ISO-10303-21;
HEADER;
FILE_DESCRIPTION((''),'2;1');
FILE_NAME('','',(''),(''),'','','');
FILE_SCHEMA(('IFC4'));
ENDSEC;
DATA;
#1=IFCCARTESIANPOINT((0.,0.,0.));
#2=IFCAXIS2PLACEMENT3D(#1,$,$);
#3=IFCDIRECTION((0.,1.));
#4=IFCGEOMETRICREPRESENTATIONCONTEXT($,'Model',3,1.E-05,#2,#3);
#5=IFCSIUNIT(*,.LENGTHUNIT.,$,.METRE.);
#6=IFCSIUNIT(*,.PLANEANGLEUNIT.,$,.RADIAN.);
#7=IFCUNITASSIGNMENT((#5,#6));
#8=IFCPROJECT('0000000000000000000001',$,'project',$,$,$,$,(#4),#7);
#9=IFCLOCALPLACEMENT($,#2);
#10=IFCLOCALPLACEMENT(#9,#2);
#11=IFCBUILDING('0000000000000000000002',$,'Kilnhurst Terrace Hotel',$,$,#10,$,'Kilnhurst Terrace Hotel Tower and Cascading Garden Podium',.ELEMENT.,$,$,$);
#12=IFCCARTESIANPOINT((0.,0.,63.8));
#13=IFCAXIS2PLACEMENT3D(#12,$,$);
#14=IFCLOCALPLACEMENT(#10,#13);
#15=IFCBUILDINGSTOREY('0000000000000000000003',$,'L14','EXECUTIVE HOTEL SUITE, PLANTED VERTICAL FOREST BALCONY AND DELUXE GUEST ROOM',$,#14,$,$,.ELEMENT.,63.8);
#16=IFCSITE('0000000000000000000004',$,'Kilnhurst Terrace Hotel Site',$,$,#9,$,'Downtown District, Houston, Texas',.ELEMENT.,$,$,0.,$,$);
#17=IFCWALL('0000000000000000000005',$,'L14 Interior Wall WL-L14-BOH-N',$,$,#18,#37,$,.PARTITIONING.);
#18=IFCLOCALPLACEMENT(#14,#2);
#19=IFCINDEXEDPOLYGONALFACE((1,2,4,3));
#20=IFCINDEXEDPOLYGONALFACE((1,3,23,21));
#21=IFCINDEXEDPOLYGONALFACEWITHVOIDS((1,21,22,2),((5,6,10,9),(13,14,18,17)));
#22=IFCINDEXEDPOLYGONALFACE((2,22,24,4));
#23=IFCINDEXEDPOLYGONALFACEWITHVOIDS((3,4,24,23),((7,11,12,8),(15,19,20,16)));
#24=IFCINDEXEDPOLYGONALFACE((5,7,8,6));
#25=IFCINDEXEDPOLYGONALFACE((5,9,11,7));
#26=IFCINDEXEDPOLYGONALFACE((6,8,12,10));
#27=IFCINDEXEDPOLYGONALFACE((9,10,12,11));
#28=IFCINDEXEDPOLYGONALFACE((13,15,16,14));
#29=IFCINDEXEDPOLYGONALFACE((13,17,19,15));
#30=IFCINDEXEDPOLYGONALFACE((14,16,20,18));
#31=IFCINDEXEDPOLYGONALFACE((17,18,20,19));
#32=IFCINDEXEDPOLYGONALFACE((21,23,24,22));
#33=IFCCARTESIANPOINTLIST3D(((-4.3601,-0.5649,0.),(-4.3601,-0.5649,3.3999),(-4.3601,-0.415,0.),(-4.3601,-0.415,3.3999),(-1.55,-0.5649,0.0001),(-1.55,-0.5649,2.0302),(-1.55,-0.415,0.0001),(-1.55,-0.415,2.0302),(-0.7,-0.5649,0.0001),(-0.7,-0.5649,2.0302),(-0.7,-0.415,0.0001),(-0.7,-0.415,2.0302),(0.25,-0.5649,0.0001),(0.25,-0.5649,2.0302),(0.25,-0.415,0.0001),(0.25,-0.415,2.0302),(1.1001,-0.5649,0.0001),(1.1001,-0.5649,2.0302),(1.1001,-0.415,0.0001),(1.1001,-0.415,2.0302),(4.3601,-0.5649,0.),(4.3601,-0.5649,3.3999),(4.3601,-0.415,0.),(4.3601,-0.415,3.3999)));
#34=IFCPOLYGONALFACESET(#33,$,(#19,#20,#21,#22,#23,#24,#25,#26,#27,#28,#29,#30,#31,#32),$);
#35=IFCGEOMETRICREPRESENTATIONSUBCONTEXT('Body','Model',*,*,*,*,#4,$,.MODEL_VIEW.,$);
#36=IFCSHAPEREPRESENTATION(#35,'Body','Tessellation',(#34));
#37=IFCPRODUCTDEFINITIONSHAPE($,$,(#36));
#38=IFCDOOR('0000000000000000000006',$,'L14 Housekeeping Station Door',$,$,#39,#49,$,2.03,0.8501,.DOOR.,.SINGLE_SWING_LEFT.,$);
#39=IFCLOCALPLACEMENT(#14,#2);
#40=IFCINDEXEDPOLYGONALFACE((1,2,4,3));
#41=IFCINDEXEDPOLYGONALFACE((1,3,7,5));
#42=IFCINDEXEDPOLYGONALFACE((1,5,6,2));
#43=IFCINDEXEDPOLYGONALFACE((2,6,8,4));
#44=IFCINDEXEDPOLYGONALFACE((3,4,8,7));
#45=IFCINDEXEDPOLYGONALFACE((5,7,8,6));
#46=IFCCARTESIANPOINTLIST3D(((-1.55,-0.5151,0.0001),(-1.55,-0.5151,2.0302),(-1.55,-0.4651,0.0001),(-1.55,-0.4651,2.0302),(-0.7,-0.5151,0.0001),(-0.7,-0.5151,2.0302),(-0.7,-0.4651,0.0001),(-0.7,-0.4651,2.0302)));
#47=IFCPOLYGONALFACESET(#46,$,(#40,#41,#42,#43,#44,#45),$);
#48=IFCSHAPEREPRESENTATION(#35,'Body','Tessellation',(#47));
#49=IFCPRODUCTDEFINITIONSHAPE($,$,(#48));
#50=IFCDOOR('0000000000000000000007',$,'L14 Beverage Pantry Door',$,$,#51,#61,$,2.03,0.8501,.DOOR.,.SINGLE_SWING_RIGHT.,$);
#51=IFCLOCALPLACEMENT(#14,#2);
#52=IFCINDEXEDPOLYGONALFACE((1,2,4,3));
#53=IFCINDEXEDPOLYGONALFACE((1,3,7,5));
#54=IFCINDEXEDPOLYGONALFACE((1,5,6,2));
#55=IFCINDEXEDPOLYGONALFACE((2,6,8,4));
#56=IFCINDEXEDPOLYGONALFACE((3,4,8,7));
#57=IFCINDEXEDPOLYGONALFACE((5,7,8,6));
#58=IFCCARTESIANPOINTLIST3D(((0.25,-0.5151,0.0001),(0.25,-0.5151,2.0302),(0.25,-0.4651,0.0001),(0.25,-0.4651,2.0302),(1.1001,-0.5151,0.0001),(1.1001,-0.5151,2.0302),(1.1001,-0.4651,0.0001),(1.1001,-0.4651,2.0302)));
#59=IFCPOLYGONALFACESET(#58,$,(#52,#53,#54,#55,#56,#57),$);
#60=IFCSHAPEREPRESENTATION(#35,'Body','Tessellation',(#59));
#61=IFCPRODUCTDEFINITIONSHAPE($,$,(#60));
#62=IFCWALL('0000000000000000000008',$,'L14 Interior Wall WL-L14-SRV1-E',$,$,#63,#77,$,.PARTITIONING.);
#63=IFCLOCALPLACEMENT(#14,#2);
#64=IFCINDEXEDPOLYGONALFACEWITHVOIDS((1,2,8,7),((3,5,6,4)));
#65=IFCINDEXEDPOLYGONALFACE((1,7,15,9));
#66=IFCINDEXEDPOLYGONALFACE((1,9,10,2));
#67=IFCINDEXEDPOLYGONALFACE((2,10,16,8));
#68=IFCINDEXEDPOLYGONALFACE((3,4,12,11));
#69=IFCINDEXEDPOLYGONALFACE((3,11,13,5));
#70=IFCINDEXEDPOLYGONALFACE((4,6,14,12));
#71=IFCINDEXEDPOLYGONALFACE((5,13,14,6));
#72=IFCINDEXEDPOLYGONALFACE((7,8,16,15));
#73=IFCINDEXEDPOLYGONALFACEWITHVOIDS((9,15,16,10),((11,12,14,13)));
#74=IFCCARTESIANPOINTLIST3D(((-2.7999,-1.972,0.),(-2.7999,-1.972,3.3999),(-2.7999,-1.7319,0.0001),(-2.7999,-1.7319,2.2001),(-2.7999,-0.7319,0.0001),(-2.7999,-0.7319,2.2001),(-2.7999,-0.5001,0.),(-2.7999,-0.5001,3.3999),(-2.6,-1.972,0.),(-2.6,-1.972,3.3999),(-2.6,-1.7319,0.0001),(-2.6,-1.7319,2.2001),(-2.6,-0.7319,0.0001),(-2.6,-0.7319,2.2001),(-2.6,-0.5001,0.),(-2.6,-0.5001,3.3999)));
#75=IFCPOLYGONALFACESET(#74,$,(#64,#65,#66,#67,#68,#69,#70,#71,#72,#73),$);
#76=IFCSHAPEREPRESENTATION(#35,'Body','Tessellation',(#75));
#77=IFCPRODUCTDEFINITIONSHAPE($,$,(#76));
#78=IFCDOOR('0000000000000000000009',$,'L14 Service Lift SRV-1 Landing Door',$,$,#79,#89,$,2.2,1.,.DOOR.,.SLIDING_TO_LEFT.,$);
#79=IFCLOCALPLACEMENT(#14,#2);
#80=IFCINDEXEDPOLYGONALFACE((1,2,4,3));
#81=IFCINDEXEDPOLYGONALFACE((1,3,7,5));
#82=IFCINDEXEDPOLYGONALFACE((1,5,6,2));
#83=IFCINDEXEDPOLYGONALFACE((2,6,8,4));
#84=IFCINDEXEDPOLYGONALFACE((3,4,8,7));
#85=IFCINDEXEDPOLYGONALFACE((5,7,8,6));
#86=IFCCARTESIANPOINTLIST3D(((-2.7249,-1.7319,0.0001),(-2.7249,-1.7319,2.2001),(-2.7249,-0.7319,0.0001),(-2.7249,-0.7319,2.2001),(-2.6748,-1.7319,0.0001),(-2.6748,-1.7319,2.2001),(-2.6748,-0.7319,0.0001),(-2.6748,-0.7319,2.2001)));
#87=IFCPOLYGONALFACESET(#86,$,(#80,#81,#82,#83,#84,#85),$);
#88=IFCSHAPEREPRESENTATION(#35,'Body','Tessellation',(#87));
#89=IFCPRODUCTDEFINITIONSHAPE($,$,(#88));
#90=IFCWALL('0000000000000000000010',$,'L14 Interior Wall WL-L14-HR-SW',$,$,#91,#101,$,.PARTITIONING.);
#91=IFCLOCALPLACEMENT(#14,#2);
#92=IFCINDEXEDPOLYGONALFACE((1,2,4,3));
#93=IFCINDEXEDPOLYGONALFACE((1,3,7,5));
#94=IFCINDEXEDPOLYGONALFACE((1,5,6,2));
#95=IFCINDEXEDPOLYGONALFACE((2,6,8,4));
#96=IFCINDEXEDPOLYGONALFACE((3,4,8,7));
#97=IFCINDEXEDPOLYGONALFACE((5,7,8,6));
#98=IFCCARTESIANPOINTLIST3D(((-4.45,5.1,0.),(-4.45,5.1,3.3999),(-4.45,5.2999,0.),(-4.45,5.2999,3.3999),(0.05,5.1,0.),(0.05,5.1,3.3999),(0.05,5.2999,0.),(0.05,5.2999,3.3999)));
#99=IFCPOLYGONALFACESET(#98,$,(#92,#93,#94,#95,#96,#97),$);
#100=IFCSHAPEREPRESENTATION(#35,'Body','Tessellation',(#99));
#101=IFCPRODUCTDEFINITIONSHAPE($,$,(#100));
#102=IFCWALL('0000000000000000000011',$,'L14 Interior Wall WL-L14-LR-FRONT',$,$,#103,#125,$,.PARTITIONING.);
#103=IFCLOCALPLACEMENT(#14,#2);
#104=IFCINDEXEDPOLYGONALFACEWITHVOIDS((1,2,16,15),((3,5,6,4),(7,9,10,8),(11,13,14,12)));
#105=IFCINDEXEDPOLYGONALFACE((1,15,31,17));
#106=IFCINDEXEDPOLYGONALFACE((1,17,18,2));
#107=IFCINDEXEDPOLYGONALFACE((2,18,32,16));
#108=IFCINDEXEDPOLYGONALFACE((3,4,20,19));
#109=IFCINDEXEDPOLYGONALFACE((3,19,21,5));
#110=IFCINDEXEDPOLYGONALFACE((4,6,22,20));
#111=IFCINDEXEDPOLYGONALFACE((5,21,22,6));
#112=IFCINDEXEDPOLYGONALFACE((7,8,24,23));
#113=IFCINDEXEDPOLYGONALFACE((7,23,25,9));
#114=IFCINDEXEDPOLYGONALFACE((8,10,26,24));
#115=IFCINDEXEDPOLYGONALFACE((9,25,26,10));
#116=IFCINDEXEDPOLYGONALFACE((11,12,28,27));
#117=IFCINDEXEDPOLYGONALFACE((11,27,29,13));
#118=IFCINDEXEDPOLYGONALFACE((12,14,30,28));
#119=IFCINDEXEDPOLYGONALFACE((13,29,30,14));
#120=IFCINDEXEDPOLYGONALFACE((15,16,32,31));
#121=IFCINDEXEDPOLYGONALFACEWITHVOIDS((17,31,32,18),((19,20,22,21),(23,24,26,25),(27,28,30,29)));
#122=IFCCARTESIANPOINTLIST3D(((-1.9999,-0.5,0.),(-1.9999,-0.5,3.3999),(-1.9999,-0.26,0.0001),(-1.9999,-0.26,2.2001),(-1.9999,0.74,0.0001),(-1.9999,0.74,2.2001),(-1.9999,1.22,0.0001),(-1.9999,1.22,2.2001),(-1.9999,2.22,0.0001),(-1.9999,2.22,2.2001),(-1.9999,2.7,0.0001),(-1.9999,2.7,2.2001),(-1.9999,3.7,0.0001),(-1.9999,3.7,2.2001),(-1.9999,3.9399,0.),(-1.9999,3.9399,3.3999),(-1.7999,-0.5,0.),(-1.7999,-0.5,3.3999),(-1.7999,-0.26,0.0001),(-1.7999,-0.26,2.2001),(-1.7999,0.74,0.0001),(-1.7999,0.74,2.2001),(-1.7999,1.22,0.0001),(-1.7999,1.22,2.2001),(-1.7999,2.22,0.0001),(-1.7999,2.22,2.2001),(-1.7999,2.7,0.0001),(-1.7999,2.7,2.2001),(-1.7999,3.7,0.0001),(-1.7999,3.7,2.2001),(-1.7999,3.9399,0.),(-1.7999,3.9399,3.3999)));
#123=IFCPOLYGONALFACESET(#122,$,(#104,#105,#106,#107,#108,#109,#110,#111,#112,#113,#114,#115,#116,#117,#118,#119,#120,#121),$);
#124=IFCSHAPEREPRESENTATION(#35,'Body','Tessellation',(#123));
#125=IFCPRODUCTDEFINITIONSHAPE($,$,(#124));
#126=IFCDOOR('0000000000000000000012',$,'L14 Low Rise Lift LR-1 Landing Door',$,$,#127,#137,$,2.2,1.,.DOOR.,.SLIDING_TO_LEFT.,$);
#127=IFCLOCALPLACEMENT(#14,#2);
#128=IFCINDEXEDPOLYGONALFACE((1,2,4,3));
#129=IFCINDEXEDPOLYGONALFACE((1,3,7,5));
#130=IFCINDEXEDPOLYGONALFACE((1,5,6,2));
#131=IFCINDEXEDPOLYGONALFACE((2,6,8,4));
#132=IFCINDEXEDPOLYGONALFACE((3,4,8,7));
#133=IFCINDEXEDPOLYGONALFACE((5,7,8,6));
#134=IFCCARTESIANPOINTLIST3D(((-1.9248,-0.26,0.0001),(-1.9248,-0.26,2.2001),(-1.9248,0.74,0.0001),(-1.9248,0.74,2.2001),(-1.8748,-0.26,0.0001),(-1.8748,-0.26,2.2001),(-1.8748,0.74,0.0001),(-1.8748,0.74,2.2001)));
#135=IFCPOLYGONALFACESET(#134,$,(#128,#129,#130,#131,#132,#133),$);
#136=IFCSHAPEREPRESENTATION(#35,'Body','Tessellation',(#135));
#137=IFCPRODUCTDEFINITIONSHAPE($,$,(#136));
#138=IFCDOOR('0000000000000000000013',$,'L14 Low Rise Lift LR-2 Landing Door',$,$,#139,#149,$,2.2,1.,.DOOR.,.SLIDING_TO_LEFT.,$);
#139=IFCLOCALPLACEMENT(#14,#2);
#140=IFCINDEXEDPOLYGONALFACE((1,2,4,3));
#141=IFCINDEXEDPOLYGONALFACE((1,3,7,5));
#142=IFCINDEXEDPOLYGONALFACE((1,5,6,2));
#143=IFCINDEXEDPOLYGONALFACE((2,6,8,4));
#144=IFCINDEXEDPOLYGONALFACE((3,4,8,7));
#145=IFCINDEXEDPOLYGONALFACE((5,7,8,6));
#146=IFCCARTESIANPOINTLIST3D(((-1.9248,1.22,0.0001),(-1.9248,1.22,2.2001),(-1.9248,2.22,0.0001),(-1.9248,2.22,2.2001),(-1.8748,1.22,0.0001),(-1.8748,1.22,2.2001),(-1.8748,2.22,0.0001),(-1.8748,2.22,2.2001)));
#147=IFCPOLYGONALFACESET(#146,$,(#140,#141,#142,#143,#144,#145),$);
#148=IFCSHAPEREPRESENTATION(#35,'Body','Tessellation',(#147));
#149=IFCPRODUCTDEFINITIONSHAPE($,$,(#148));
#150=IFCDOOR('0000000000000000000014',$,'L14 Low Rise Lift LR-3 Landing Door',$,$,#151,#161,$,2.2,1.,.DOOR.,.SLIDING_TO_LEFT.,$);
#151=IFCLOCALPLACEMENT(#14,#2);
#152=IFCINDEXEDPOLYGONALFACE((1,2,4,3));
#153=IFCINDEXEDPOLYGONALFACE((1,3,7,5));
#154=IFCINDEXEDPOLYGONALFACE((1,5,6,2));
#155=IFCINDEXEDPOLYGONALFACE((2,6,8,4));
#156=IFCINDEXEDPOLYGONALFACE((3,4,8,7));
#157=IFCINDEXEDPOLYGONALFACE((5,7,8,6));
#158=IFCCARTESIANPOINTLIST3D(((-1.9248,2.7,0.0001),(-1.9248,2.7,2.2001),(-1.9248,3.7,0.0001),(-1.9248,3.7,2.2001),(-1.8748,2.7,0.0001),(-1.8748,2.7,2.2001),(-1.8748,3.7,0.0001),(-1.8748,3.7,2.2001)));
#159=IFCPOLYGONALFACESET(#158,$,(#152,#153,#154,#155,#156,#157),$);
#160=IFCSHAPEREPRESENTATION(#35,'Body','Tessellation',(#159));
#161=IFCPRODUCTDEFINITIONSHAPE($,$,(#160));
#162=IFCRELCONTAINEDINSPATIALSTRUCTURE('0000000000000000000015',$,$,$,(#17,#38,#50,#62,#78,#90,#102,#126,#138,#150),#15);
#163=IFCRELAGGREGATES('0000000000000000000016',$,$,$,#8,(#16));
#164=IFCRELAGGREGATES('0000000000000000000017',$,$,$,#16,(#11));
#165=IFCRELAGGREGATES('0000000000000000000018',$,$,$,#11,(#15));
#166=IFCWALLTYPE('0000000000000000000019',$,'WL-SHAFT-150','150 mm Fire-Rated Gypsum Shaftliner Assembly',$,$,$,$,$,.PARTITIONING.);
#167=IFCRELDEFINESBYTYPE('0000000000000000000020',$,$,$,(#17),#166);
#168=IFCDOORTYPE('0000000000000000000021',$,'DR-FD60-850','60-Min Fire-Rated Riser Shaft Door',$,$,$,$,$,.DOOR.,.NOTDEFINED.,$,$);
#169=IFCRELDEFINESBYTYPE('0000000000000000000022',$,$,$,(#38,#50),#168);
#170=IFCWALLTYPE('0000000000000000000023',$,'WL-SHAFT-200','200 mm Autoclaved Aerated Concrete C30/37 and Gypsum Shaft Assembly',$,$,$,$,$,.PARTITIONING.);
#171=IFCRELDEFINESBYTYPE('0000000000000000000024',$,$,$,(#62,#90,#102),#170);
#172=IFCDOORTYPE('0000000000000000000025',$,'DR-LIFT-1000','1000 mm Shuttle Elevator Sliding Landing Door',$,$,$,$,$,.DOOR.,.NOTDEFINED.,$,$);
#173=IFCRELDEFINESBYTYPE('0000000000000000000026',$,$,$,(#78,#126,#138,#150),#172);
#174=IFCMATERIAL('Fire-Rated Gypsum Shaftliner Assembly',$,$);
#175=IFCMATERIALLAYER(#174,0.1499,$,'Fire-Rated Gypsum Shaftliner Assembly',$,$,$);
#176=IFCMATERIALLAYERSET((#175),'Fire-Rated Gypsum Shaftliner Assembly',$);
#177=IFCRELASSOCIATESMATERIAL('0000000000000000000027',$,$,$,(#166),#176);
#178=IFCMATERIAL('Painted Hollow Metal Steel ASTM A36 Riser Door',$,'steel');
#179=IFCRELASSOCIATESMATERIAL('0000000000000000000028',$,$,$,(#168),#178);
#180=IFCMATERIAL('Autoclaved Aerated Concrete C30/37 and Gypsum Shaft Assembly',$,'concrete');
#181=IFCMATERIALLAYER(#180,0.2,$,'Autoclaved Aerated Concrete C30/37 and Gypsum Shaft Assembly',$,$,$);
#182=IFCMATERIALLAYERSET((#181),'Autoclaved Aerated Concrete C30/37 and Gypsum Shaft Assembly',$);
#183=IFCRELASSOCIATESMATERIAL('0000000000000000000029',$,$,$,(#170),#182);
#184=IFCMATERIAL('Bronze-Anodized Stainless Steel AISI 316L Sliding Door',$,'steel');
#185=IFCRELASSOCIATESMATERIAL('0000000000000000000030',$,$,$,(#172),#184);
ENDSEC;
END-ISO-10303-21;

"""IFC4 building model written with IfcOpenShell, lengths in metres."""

from ifc_helpers import new_model, si_unit, direction, frame, frame_2d, origin, place, context, subcontext, project, spatial, rectangle, extrude, material, layer, layer_set, type_object, element, fill, save


model = new_model("IFC4")

# Units and contexts
model_context = context("Model", 3, precision=1e-05, world=origin(), true_north=direction((0.0, 1.0)))
body_context = subcontext(model_context, "Body", "Model", "MODEL_VIEW")
ifc_project = project(units=[si_unit("LENGTHUNIT", "METRE"), si_unit("PLANEANGLEUNIT", "RADIAN")], contexts=[model_context])

# Site, building, storey
site_placement = place(None, origin())
site = spatial("IfcSite", under=ifc_project, at=site_placement, Name="Kilnhurst Terrace Hotel Site", LongName="Downtown District, Houston, Texas", CompositionType="ELEMENT", RefElevation=0.0)
building_placement = place(site_placement, origin())
building = spatial("IfcBuilding", under=site, at=building_placement, Name="Kilnhurst Terrace Hotel", LongName="Kilnhurst Terrace Hotel Tower and Cascading Garden Podium", CompositionType="ELEMENT")
storey_placement = place(building_placement, frame((0.0, 0.0, 63.8)))
storey = spatial("IfcBuildingStorey", under=building, at=storey_placement, Name="L14", Description="EXECUTIVE HOTEL SUITE, PLANTED VERTICAL FOREST BALCONY AND DELUXE GUEST ROOM", CompositionType="ELEMENT", Elevation=63.8)

# Shared definitions
ifc_material_1 = material(Name="Fire-Rated Gypsum Shaftliner Assembly")
ifc_layer_1 = layer(ifc_material_1, 0.1499, Name="Fire-Rated Gypsum Shaftliner Assembly")
ifc_layer_set_1 = layer_set([ifc_layer_1], Name="Fire-Rated Gypsum Shaftliner Assembly")
wall_type_1 = type_object("IfcWallType", Name="WL-SHAFT-150", Description="150 mm Fire-Rated Gypsum Shaftliner Assembly", PredefinedType="PARTITIONING", material=ifc_layer_set_1)

# Wall, openings, doors
wall_1_placement = place(storey_placement, frame((-4.3601, -0.49, 0.0), z_axis=(0.0, 0.0, 1.0), x_axis=(1.0, 0.0, 0.0)))
wall_1 = element("IfcWall", 1, at=wall_1_placement, inside=storey, type_object=wall_type_1, Name="L14 Interior Wall WL-L14-BOH-N", PredefinedType="PARTITIONING", context=body_context, shape_type="SweptSolid", body=[
    extrude(rectangle(XDim=8.7202, YDim=0.1499, at=frame_2d((4.3601, 0.0))), origin(), (0.0, 0.0, 1.0), 3.3999),
])
opening_1_placement = place(wall_1_placement, frame((2.8101, 0.0, 0.0)))
opening_1 = element("IfcOpeningElement", 2, at=opening_1_placement, cuts=wall_1, PredefinedType="OPENING", context=body_context, shape_type="SweptSolid", body=[
    extrude(rectangle(XDim=0.8501, YDim=2.03, at=frame_2d((0.425, 1.0151))), frame((0.0, 0.085, 0.0), z_axis=(0.0, -1.0, 0.0), x_axis=(1.0, 0.0, 0.0)), (0.0, 0.0, 1.0), 0.1699),
])
opening_2_placement = place(wall_1_placement, frame((4.6101, 0.0, 0.0)))
opening_2 = element("IfcOpeningElement", 3, at=opening_2_placement, cuts=wall_1, PredefinedType="OPENING", context=body_context, shape_type="SweptSolid", body=[
    extrude(rectangle(XDim=0.8501, YDim=2.03, at=frame_2d((0.425, 1.0151))), frame((0.0, 0.085, 0.0), z_axis=(0.0, -1.0, 0.0), x_axis=(1.0, 0.0, 0.0)), (0.0, 0.0, 1.0), 0.1699),
])
ifc_material_2 = material(Name="Painted Hollow Metal Steel ASTM A36 Riser Door", Category="steel")
door_type_1 = type_object("IfcDoorType", Name="DR-FD60-850", Description="60-Min Fire-Rated Riser Shaft Door", OperationType="NOTDEFINED", PredefinedType="DOOR", material=ifc_material_2)
door_1_placement = place(opening_1_placement, origin())
door_1 = element("IfcDoor", 4, at=door_1_placement, inside=storey, type_object=door_type_1, Name="L14 Housekeeping Station Door", OperationType="SINGLE_SWING_LEFT", OverallHeight=2.03, OverallWidth=0.8501, PredefinedType="DOOR", context=body_context, shape_type="SweptSolid", body=[
    extrude(rectangle(XDim=0.8501, YDim=2.03, at=frame_2d((0.425, 1.0151))), frame((0.0, 0.0249, 0.0), z_axis=(0.0, -1.0, 0.0), x_axis=(1.0, 0.0, 0.0)), (0.0, 0.0, 1.0), 0.05),
])
fill(opening_1, door_1)
door_2_placement = place(opening_2_placement, origin())
door_2 = element("IfcDoor", 5, at=door_2_placement, inside=storey, type_object=door_type_1, Name="L14 Beverage Pantry Door", OperationType="SINGLE_SWING_RIGHT", OverallHeight=2.03, OverallWidth=0.8501, PredefinedType="DOOR", context=body_context, shape_type="SweptSolid", body=[
    extrude(rectangle(XDim=0.8501, YDim=2.03, at=frame_2d((0.425, 1.0151))), frame((0.0, 0.0249, 0.0), z_axis=(0.0, -1.0, 0.0), x_axis=(1.0, 0.0, 0.0)), (0.0, 0.0, 1.0), 0.05),
])
fill(opening_2, door_2)

# Wall, opening, door
ifc_material_3 = material(Name="Autoclaved Aerated Concrete C30/37 and Gypsum Shaft Assembly", Category="concrete")
ifc_layer_2 = layer(ifc_material_3, 0.2, Name="Autoclaved Aerated Concrete C30/37 and Gypsum Shaft Assembly")
ifc_layer_set_2 = layer_set([ifc_layer_2], Name="Autoclaved Aerated Concrete C30/37 and Gypsum Shaft Assembly")
wall_type_2 = type_object("IfcWallType", Name="WL-SHAFT-200", Description="200 mm Autoclaved Aerated Concrete C30/37 and Gypsum Shaft Assembly", PredefinedType="PARTITIONING", material=ifc_layer_set_2)
wall_2_placement = place(storey_placement, frame((-2.7, -1.9719, 0.0), z_axis=(0.0, 0.0, 1.0), x_axis=(0.0, 1.0, 0.0)))
wall_2 = element("IfcWall", 6, at=wall_2_placement, inside=storey, type_object=wall_type_2, Name="L14 Interior Wall WL-L14-SRV1-E", PredefinedType="PARTITIONING", context=body_context, shape_type="SweptSolid", body=[
    extrude(rectangle(XDim=1.4719, YDim=0.2, at=frame_2d((0.7358, 0.0))), origin(), (0.0, 0.0, 1.0), 3.3999),
])
opening_3_placement = place(wall_2_placement, frame((0.24, 0.0, 0.0)))
opening_3 = element("IfcOpeningElement", 7, at=opening_3_placement, cuts=wall_2, PredefinedType="OPENING", context=body_context, shape_type="SweptSolid", body=[
    extrude(rectangle(XDim=1.0, YDim=2.2, at=frame_2d((0.5, 1.1001))), frame((0.0, 0.1099, 0.0), z_axis=(0.0, -1.0, 0.0), x_axis=(1.0, 0.0, 0.0)), (0.0, 0.0, 1.0), 0.22),
])
ifc_material_4 = material(Name="Bronze-Anodized Stainless Steel AISI 316L Sliding Door", Category="steel")
door_type_2 = type_object("IfcDoorType", Name="DR-LIFT-1000", Description="1000 mm Shuttle Elevator Sliding Landing Door", OperationType="NOTDEFINED", PredefinedType="DOOR", material=ifc_material_4)
door_3_placement = place(opening_3_placement, origin())
door_3 = element("IfcDoor", 8, at=door_3_placement, inside=storey, type_object=door_type_2, Name="L14 Service Lift SRV-1 Landing Door", OperationType="SLIDING_TO_LEFT", OverallHeight=2.2, OverallWidth=1.0, PredefinedType="DOOR", context=body_context, shape_type="SweptSolid", body=[
    extrude(rectangle(XDim=1.0, YDim=2.2, at=frame_2d((0.5, 1.1001))), frame((0.0, 0.0249, 0.0), z_axis=(0.0, -1.0, 0.0), x_axis=(1.0, 0.0, 0.0)), (0.0, 0.0, 1.0), 0.05),
])
fill(opening_3, door_3)

# Wall
wall_3_placement = place(storey_placement, frame((-4.45, 5.2, 0.0), z_axis=(0.0, 0.0, 1.0), x_axis=(1.0, 0.0, 0.0)))
element("IfcWall", 9, at=wall_3_placement, inside=storey, type_object=wall_type_2, Name="L14 Interior Wall WL-L14-HR-SW", PredefinedType="PARTITIONING", context=body_context, shape_type="SweptSolid", body=[
    extrude(rectangle(XDim=4.5, YDim=0.2, at=frame_2d((2.25, 0.0))), origin(), (0.0, 0.0, 1.0), 3.3999),
])

# Wall, openings, doors
wall_4_placement = place(storey_placement, frame((-1.8999, -0.5, 0.0), z_axis=(0.0, 0.0, 1.0), x_axis=(0.0, 1.0, 0.0)))
wall_4 = element("IfcWall", 10, at=wall_4_placement, inside=storey, type_object=wall_type_2, Name="L14 Interior Wall WL-L14-LR-FRONT", PredefinedType="PARTITIONING", context=body_context, shape_type="SweptSolid", body=[
    extrude(rectangle(XDim=4.4399, YDim=0.2, at=frame_2d((2.22, 0.0))), origin(), (0.0, 0.0, 1.0), 3.3999),
])
opening_4_placement = place(wall_4_placement, frame((0.24, 0.0, 0.0)))
opening_4 = element("IfcOpeningElement", 11, at=opening_4_placement, cuts=wall_4, PredefinedType="OPENING", context=body_context, shape_type="SweptSolid", body=[
    extrude(rectangle(XDim=1.0, YDim=2.2, at=frame_2d((0.5, 1.1001))), frame((0.0, 0.1099, 0.0), z_axis=(0.0, -1.0, 0.0), x_axis=(1.0, 0.0, 0.0)), (0.0, 0.0, 1.0), 0.22),
])
opening_5_placement = place(wall_4_placement, frame((1.72, 0.0, 0.0)))
opening_5 = element("IfcOpeningElement", 12, at=opening_5_placement, cuts=wall_4, PredefinedType="OPENING", context=body_context, shape_type="SweptSolid", body=[
    extrude(rectangle(XDim=1.0, YDim=2.2, at=frame_2d((0.5, 1.1001))), frame((0.0, 0.1099, 0.0), z_axis=(0.0, -1.0, 0.0), x_axis=(1.0, 0.0, 0.0)), (0.0, 0.0, 1.0), 0.22),
])
opening_6_placement = place(wall_4_placement, frame((3.2, 0.0, 0.0)))
opening_6 = element("IfcOpeningElement", 13, at=opening_6_placement, cuts=wall_4, PredefinedType="OPENING", context=body_context, shape_type="SweptSolid", body=[
    extrude(rectangle(XDim=1.0, YDim=2.2, at=frame_2d((0.5, 1.1001))), frame((0.0, 0.1099, 0.0), z_axis=(0.0, -1.0, 0.0), x_axis=(1.0, 0.0, 0.0)), (0.0, 0.0, 1.0), 0.22),
])
door_4_placement = place(opening_4_placement, origin())
door_4 = element("IfcDoor", 14, at=door_4_placement, inside=storey, type_object=door_type_2, Name="L14 Low Rise Lift LR-1 Landing Door", OperationType="SLIDING_TO_LEFT", OverallHeight=2.2, OverallWidth=1.0, PredefinedType="DOOR", context=body_context, shape_type="SweptSolid", body=[
    extrude(rectangle(XDim=1.0, YDim=2.2, at=frame_2d((0.5, 1.1001))), frame((0.0, 0.0249, 0.0), z_axis=(0.0, -1.0, 0.0), x_axis=(1.0, 0.0, 0.0)), (0.0, 0.0, 1.0), 0.05),
])
fill(opening_4, door_4)
door_5_placement = place(opening_5_placement, origin())
door_5 = element("IfcDoor", 15, at=door_5_placement, inside=storey, type_object=door_type_2, Name="L14 Low Rise Lift LR-2 Landing Door", OperationType="SLIDING_TO_LEFT", OverallHeight=2.2, OverallWidth=1.0, PredefinedType="DOOR", context=body_context, shape_type="SweptSolid", body=[
    extrude(rectangle(XDim=1.0, YDim=2.2, at=frame_2d((0.5, 1.1001))), frame((0.0, 0.0249, 0.0), z_axis=(0.0, -1.0, 0.0), x_axis=(1.0, 0.0, 0.0)), (0.0, 0.0, 1.0), 0.05),
])
fill(opening_5, door_5)
door_6_placement = place(opening_6_placement, origin())
door_6 = element("IfcDoor", 16, at=door_6_placement, inside=storey, type_object=door_type_2, Name="L14 Low Rise Lift LR-3 Landing Door", OperationType="SLIDING_TO_LEFT", OverallHeight=2.2, OverallWidth=1.0, PredefinedType="DOOR", context=body_context, shape_type="SweptSolid", body=[
    extrude(rectangle(XDim=1.0, YDim=2.2, at=frame_2d((0.5, 1.1001))), frame((0.0, 0.0249, 0.0), z_axis=(0.0, -1.0, 0.0), x_axis=(1.0, 0.0, 0.0)), (0.0, 0.0, 1.0), 0.05),
])
fill(opening_6, door_6)

save(model, "model.ifc")
